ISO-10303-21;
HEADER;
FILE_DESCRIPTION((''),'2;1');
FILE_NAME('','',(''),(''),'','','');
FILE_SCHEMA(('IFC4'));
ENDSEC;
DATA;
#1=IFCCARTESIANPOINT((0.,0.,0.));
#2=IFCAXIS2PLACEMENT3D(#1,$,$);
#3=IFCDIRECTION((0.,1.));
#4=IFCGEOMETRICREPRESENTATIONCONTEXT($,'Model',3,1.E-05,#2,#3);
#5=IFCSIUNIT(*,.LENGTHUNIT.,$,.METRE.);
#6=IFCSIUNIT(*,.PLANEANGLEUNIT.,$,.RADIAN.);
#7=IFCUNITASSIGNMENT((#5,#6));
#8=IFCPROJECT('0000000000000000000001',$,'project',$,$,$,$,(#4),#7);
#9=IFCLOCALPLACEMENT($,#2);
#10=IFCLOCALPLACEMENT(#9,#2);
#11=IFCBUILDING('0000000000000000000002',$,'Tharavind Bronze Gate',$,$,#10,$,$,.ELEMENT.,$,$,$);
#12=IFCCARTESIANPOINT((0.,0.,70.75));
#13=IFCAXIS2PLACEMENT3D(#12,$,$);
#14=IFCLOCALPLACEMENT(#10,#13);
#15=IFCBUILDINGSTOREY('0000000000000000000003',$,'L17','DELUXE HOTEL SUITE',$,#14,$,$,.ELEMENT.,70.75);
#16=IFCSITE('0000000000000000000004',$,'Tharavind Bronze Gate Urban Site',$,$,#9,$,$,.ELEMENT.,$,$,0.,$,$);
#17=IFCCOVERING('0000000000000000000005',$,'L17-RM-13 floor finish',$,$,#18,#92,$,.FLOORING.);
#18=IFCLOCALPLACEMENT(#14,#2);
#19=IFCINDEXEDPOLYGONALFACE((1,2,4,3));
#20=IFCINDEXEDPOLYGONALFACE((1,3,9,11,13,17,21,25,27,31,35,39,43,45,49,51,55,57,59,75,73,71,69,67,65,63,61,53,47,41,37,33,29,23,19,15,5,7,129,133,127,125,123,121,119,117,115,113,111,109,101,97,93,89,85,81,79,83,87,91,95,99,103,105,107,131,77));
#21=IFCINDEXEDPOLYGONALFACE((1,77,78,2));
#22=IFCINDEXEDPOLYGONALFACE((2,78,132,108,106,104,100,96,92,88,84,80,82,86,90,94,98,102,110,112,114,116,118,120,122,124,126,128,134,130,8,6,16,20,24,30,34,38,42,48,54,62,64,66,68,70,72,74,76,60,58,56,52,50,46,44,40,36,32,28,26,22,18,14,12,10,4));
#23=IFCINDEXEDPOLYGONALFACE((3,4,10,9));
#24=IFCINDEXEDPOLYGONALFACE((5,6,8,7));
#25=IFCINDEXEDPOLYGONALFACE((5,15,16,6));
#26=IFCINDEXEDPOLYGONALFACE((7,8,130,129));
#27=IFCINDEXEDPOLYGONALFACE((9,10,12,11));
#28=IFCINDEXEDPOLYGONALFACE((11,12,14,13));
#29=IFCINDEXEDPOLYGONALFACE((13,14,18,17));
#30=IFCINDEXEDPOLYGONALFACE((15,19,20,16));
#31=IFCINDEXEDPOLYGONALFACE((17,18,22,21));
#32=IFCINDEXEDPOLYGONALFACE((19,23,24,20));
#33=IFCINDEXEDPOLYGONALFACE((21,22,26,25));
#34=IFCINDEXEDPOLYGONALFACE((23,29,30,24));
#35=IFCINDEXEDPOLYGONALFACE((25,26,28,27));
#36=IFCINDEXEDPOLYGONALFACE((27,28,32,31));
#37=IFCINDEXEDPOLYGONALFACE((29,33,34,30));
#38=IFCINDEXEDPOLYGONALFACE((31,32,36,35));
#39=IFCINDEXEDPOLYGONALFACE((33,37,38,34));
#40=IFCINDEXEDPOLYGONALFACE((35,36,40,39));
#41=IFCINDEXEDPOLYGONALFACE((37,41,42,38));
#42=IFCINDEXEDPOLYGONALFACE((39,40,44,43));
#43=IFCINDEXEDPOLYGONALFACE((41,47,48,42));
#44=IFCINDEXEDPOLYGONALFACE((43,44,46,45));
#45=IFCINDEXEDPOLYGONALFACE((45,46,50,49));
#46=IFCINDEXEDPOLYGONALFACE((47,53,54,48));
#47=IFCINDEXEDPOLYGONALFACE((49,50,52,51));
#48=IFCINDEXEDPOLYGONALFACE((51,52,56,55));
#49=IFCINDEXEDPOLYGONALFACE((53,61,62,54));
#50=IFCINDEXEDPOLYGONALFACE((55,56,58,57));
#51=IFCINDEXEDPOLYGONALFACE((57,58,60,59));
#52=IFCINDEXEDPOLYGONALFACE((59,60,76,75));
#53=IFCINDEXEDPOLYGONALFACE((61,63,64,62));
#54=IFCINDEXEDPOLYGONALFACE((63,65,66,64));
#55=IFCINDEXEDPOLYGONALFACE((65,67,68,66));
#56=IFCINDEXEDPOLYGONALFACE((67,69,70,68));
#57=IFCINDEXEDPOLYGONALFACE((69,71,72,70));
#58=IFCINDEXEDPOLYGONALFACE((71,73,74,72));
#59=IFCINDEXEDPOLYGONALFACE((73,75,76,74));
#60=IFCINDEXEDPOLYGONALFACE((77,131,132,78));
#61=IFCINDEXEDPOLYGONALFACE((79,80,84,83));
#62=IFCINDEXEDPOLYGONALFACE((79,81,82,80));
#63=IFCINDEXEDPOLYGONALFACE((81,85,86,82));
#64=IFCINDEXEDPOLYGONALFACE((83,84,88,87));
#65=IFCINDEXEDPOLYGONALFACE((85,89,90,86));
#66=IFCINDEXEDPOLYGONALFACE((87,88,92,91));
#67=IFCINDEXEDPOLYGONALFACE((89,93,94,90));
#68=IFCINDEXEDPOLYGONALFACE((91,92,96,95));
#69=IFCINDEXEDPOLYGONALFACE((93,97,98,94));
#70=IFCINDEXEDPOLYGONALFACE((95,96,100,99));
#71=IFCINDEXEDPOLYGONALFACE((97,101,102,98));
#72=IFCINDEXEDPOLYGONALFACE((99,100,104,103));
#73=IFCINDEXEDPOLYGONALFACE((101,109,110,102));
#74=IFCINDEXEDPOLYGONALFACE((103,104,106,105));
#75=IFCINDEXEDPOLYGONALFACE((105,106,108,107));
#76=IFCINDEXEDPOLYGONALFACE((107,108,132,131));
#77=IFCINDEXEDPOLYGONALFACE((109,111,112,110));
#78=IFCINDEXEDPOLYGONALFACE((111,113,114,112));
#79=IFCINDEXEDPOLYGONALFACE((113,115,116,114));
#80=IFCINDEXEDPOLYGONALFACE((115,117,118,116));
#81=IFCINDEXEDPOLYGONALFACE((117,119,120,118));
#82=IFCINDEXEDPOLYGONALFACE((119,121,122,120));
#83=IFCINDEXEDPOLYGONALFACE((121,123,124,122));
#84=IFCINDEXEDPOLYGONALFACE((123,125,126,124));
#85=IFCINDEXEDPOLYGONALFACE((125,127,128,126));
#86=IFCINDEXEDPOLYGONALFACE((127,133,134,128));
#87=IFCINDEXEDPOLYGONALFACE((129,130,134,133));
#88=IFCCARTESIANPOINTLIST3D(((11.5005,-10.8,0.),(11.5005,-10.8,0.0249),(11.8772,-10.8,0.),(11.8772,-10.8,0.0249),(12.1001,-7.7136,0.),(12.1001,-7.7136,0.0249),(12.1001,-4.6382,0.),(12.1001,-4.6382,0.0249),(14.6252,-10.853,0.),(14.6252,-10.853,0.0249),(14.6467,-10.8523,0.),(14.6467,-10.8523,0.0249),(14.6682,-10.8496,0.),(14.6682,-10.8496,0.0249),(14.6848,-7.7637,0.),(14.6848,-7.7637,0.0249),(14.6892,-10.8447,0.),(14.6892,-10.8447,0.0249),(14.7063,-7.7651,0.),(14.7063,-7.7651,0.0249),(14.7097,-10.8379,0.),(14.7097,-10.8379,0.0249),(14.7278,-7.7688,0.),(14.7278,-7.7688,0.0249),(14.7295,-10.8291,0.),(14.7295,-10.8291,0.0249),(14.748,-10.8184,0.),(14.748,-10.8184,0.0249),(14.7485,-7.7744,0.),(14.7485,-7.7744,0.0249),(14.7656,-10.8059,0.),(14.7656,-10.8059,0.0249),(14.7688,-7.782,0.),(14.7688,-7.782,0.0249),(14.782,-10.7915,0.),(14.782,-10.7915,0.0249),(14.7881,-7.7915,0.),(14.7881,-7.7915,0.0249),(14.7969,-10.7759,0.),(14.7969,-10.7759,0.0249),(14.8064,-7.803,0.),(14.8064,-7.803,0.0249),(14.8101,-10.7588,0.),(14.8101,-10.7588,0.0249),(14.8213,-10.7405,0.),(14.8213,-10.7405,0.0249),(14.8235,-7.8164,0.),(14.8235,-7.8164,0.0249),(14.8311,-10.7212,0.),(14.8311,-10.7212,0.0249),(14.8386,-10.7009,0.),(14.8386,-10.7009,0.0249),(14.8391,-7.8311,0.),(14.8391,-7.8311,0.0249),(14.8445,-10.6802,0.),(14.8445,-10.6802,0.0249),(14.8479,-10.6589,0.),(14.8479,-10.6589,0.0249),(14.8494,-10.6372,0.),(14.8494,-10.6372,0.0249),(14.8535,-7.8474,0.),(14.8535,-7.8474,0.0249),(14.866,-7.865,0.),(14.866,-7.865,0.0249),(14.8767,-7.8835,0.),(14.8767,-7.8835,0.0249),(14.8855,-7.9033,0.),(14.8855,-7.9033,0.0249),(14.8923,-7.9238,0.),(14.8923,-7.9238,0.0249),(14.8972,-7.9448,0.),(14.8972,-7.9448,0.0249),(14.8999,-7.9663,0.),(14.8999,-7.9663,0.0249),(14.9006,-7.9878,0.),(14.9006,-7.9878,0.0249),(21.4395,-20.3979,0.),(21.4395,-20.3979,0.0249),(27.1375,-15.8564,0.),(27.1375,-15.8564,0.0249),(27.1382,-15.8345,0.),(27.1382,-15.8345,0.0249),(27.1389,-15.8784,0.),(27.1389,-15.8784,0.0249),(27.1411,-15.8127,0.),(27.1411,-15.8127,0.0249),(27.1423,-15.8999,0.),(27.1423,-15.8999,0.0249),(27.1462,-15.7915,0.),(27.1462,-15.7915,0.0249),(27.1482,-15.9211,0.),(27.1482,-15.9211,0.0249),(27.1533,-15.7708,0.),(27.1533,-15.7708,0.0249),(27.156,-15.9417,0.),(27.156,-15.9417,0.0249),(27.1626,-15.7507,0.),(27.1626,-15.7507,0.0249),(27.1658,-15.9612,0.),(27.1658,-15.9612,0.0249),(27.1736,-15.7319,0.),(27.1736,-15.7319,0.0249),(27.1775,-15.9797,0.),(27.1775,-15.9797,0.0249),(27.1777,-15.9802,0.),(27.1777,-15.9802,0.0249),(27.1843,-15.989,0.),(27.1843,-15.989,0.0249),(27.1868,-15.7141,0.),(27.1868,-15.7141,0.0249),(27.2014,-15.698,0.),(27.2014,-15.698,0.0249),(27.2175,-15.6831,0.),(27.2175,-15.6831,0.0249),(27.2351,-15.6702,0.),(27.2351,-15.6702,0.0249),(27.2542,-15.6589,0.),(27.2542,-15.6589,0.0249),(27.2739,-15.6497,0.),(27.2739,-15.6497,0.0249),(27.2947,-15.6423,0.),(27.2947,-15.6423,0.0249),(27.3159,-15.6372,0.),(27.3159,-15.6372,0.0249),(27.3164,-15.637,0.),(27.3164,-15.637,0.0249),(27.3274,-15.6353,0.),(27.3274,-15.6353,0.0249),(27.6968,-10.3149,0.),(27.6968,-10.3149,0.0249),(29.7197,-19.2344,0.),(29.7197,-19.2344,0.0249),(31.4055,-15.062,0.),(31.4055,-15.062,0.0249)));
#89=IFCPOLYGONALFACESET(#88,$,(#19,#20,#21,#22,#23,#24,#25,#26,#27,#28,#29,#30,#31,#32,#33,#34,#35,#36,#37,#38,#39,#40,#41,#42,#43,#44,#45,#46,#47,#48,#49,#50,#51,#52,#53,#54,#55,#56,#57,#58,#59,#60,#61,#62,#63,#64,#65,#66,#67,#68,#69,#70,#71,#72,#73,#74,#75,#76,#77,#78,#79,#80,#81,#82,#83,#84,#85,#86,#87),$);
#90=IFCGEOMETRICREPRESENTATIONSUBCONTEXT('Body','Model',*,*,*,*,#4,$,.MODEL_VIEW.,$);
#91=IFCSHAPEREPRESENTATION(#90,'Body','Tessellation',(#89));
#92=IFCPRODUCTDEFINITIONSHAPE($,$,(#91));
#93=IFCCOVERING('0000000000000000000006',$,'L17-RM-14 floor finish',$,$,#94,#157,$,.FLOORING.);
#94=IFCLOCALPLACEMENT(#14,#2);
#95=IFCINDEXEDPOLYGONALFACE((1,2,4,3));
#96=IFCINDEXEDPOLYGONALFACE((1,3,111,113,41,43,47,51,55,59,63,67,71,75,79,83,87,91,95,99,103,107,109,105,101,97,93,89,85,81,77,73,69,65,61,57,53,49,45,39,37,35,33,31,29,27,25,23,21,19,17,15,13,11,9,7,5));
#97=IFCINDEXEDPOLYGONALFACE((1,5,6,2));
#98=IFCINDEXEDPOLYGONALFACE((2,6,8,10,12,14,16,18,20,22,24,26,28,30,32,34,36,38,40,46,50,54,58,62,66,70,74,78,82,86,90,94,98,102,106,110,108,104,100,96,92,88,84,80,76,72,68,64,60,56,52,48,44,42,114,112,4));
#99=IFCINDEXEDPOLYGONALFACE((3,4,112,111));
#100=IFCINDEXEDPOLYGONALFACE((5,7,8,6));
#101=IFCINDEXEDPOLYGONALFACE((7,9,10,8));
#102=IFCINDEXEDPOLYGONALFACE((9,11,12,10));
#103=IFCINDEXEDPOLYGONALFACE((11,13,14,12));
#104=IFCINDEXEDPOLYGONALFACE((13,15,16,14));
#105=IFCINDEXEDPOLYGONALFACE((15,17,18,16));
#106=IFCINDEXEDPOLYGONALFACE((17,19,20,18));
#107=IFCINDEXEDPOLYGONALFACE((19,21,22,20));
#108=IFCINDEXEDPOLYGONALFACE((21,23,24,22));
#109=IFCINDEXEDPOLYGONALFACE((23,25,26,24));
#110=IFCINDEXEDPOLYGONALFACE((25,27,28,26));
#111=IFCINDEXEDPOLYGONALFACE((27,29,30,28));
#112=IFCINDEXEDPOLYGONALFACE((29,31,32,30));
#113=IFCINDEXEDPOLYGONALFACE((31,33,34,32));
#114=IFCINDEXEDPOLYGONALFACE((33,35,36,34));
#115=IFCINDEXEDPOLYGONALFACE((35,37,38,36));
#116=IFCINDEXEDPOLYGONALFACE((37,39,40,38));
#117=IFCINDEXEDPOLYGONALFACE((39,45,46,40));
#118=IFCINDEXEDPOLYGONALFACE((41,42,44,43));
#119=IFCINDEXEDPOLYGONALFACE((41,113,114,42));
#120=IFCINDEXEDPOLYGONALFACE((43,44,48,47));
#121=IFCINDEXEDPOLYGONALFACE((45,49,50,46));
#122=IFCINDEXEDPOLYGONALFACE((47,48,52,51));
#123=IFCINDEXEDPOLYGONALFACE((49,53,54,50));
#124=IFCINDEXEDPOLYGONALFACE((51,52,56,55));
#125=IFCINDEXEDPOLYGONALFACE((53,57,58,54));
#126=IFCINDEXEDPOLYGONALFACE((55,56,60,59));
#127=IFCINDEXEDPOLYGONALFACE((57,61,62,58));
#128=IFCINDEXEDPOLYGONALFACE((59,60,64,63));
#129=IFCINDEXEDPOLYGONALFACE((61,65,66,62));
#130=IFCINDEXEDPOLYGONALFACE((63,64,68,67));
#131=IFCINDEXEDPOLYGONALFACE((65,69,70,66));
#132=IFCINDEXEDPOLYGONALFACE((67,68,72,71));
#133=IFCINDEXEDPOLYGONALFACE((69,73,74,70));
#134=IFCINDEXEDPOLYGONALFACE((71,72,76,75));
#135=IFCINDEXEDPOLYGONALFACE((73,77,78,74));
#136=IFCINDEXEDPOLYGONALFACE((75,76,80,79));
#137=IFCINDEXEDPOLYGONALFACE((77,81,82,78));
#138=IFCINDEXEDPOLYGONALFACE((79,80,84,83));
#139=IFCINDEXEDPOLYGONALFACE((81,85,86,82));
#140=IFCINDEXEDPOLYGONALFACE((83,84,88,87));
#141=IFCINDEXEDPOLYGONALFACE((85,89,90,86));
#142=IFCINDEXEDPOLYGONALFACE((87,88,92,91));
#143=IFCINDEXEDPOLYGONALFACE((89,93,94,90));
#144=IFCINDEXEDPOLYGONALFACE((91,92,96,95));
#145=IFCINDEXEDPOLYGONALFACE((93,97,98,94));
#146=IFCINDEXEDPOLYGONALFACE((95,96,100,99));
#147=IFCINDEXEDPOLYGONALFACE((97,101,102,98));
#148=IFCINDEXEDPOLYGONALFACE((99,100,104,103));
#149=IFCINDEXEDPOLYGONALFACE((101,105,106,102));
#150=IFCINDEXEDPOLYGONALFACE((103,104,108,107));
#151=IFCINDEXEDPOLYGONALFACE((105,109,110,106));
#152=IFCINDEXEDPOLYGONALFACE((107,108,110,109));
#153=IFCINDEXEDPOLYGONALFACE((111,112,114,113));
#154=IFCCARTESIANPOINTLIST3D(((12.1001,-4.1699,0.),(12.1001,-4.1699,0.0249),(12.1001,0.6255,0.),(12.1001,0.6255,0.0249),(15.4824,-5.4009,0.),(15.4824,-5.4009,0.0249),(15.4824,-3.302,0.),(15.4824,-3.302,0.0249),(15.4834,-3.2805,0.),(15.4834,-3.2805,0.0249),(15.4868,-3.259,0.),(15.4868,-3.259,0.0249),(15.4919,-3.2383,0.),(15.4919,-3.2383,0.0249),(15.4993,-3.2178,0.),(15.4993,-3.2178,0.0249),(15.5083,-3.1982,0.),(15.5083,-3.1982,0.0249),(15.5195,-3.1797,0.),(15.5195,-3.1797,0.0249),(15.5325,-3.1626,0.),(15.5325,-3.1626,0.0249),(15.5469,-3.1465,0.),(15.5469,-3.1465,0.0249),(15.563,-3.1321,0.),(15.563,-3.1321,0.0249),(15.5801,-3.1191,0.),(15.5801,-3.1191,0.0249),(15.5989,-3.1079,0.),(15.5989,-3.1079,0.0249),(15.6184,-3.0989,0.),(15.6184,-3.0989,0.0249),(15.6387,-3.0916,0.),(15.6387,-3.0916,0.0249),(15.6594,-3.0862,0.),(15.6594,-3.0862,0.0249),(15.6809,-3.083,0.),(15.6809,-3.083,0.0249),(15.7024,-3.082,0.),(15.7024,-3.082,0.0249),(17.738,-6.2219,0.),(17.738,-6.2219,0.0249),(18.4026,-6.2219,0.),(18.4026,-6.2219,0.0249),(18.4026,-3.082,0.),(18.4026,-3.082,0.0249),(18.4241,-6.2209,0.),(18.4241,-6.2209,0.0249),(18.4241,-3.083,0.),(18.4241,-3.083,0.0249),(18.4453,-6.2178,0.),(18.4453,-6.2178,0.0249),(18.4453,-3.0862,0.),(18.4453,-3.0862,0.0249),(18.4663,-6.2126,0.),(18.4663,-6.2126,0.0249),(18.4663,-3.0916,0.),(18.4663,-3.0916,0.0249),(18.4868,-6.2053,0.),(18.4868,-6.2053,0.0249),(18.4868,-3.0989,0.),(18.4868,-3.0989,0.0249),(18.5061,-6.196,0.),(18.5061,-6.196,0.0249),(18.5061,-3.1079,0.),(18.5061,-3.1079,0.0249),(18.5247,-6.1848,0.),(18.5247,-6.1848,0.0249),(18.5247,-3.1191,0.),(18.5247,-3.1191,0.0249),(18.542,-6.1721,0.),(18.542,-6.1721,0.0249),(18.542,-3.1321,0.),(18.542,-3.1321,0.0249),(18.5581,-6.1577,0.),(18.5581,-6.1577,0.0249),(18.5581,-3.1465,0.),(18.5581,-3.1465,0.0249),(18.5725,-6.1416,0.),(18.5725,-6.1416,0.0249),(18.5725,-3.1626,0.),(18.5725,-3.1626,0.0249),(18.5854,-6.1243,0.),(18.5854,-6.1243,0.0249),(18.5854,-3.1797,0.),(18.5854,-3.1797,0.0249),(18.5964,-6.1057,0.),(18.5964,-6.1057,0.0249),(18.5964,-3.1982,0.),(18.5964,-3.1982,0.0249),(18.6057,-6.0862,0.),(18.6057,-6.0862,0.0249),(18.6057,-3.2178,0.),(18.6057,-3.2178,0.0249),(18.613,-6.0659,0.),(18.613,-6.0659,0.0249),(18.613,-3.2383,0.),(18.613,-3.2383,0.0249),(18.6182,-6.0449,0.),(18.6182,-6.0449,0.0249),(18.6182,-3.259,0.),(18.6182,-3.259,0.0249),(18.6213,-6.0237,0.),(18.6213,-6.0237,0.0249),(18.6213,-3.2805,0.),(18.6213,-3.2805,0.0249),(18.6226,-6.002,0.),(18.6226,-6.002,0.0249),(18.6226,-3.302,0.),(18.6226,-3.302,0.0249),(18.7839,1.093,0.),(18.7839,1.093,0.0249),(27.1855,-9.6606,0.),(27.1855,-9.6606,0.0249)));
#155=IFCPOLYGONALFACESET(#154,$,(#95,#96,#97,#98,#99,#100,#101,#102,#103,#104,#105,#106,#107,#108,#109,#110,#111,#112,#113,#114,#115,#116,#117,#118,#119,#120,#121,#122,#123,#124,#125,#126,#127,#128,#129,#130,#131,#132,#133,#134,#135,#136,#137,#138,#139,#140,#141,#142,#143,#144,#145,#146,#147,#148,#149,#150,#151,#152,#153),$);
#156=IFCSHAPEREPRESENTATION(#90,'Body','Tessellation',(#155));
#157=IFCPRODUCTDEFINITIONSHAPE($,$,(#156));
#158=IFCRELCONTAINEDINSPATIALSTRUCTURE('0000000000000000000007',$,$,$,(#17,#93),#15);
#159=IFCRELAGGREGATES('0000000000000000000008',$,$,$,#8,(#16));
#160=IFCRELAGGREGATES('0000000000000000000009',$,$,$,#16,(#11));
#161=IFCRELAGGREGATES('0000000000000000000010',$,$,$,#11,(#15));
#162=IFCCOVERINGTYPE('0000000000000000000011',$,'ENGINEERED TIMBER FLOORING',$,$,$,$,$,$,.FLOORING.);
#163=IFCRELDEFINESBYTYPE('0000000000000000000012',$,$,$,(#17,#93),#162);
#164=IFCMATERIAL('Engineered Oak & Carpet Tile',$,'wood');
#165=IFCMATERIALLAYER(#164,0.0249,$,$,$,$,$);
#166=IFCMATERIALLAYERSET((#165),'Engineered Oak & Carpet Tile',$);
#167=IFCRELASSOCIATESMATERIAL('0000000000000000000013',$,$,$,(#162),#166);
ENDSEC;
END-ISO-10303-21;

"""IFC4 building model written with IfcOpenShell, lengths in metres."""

from ifc_helpers import new_model, si_unit, direction, frame, origin, place, context, subcontext, project, spatial, polyline, outline, extrude, material, layer, layer_set, type_object, element, save


model = new_model("IFC4")

# Units and contexts
model_context = context("Model", 3, precision=1e-05, world=origin(), true_north=direction((0.0, 1.0)))
body_context = subcontext(model_context, "Body", "Model", "MODEL_VIEW")
ifc_project = project(units=[si_unit("LENGTHUNIT", "METRE"), si_unit("PLANEANGLEUNIT", "RADIAN")], contexts=[model_context])

# Site, building, storey
site_placement = place(None, origin())
site = spatial("IfcSite", under=ifc_project, at=site_placement, Name="Tharavind Bronze Gate Urban Site", CompositionType="ELEMENT", RefElevation=0.0)
building_placement = place(site_placement, origin())
building = spatial("IfcBuilding", under=site, at=building_placement, Name="Tharavind Bronze Gate", CompositionType="ELEMENT")
storey_placement = place(building_placement, frame((0.0, 0.0, 70.75)))
storey = spatial("IfcBuildingStorey", under=building, at=storey_placement, Name="L17", Description="DELUXE HOTEL SUITE", CompositionType="ELEMENT", Elevation=70.75)

# Coverings
ifc_material_1 = material(Name="Engineered Oak & Carpet Tile", Category="wood")
ifc_layer_1 = layer(ifc_material_1, 0.0249)
ifc_layer_set_1 = layer_set([ifc_layer_1], Name="Engineered Oak & Carpet Tile")
covering_type_1 = type_object("IfcCoveringType", Name="ENGINEERED TIMBER FLOORING", PredefinedType="FLOORING", material=ifc_layer_set_1)
covering_1_placement = place(storey_placement, origin())
element("IfcCovering", 1, at=covering_1_placement, inside=storey, type_object=covering_type_1, Name="L17-RM-13 floor finish", PredefinedType="FLOORING", context=body_context, shape_type="SweptSolid", body=[
    extrude(outline(polyline([(21.4395, -20.3979), (29.7197, -19.2344), (27.1843, -15.989), (27.1777, -15.9802), (27.1775, -15.9797), (27.1658, -15.9612), (27.156, -15.9417), (27.1482, -15.9211), (27.1423, -15.8999), (27.1389, -15.8784), (27.1375, -15.8564), (27.1382, -15.8345), (27.1411, -15.8127), (27.1462, -15.7915), (27.1533, -15.7708), (27.1626, -15.7507), (27.1736, -15.7319), (27.1868, -15.7141), (27.2014, -15.698), (27.2175, -15.6831), (27.2351, -15.6702), (27.2542, -15.6589), (27.2739, -15.6497), (27.2947, -15.6423), (27.3159, -15.6372), (27.3164, -15.637), (27.3274, -15.6353), (31.4055, -15.062), (27.6968, -10.3149), (12.1001, -4.6382), (12.1001, -7.7136), (14.6848, -7.7637), (14.7063, -7.7651), (14.7278, -7.7688), (14.7485, -7.7744), (14.7688, -7.782), (14.7881, -7.7915), (14.8064, -7.803), (14.8235, -7.8164), (14.8391, -7.8311), (14.8535, -7.8474), (14.866, -7.865), (14.8767, -7.8835), (14.8855, -7.9033), (14.8923, -7.9238), (14.8972, -7.9448), (14.8999, -7.9663), (14.9006, -7.9878), (14.8494, -10.6372), (14.8479, -10.6589), (14.8445, -10.6802), (14.8386, -10.7009), (14.8311, -10.7212), (14.8213, -10.7405), (14.8101, -10.7588), (14.7969, -10.7759), (14.782, -10.7915), (14.7656, -10.8059), (14.748, -10.8184), (14.7295, -10.8291), (14.7097, -10.8379), (14.6892, -10.8447), (14.6682, -10.8496), (14.6467, -10.8523), (14.6252, -10.853), (11.8772, -10.8), (11.5005, -10.8), (21.4395, -20.3979)])), origin(), (0.0, 0.0, 1.0), 0.0249),
])
covering_2_placement = place(storey_placement, origin())
element("IfcCovering", 2, at=covering_2_placement, inside=storey, type_object=covering_type_1, Name="L17-RM-14 floor finish", PredefinedType="FLOORING", context=body_context, shape_type="SweptSolid", body=[
    extrude(outline(polyline([(12.1001, -4.1699), (15.4824, -5.4009), (15.4824, -3.302), (15.4834, -3.2805), (15.4868, -3.259), (15.4919, -3.2383), (15.4993, -3.2178), (15.5083, -3.1982), (15.5195, -3.1797), (15.5325, -3.1626), (15.5469, -3.1465), (15.563, -3.1321), (15.5801, -3.1191), (15.5989, -3.1079), (15.6184, -3.0989), (15.6387, -3.0916), (15.6594, -3.0862), (15.6809, -3.083), (15.7024, -3.082), (18.4026, -3.082), (18.4241, -3.083), (18.4453, -3.0862), (18.4663, -3.0916), (18.4868, -3.0989), (18.5061, -3.1079), (18.5247, -3.1191), (18.542, -3.1321), (18.5581, -3.1465), (18.5725, -3.1626), (18.5854, -3.1797), (18.5964, -3.1982), (18.6057, -3.2178), (18.613, -3.2383), (18.6182, -3.259), (18.6213, -3.2805), (18.6226, -3.302), (18.6226, -6.002), (18.6213, -6.0237), (18.6182, -6.0449), (18.613, -6.0659), (18.6057, -6.0862), (18.5964, -6.1057), (18.5854, -6.1243), (18.5725, -6.1416), (18.5581, -6.1577), (18.542, -6.1721), (18.5247, -6.1848), (18.5061, -6.196), (18.4868, -6.2053), (18.4663, -6.2126), (18.4453, -6.2178), (18.4241, -6.2209), (18.4026, -6.2219), (17.738, -6.2219), (27.1855, -9.6606), (18.7839, 1.093), (12.1001, 0.6255), (12.1001, -4.1699)])), origin(), (0.0, 0.0, 1.0), 0.0249),
])

save(model, "model.ifc")
